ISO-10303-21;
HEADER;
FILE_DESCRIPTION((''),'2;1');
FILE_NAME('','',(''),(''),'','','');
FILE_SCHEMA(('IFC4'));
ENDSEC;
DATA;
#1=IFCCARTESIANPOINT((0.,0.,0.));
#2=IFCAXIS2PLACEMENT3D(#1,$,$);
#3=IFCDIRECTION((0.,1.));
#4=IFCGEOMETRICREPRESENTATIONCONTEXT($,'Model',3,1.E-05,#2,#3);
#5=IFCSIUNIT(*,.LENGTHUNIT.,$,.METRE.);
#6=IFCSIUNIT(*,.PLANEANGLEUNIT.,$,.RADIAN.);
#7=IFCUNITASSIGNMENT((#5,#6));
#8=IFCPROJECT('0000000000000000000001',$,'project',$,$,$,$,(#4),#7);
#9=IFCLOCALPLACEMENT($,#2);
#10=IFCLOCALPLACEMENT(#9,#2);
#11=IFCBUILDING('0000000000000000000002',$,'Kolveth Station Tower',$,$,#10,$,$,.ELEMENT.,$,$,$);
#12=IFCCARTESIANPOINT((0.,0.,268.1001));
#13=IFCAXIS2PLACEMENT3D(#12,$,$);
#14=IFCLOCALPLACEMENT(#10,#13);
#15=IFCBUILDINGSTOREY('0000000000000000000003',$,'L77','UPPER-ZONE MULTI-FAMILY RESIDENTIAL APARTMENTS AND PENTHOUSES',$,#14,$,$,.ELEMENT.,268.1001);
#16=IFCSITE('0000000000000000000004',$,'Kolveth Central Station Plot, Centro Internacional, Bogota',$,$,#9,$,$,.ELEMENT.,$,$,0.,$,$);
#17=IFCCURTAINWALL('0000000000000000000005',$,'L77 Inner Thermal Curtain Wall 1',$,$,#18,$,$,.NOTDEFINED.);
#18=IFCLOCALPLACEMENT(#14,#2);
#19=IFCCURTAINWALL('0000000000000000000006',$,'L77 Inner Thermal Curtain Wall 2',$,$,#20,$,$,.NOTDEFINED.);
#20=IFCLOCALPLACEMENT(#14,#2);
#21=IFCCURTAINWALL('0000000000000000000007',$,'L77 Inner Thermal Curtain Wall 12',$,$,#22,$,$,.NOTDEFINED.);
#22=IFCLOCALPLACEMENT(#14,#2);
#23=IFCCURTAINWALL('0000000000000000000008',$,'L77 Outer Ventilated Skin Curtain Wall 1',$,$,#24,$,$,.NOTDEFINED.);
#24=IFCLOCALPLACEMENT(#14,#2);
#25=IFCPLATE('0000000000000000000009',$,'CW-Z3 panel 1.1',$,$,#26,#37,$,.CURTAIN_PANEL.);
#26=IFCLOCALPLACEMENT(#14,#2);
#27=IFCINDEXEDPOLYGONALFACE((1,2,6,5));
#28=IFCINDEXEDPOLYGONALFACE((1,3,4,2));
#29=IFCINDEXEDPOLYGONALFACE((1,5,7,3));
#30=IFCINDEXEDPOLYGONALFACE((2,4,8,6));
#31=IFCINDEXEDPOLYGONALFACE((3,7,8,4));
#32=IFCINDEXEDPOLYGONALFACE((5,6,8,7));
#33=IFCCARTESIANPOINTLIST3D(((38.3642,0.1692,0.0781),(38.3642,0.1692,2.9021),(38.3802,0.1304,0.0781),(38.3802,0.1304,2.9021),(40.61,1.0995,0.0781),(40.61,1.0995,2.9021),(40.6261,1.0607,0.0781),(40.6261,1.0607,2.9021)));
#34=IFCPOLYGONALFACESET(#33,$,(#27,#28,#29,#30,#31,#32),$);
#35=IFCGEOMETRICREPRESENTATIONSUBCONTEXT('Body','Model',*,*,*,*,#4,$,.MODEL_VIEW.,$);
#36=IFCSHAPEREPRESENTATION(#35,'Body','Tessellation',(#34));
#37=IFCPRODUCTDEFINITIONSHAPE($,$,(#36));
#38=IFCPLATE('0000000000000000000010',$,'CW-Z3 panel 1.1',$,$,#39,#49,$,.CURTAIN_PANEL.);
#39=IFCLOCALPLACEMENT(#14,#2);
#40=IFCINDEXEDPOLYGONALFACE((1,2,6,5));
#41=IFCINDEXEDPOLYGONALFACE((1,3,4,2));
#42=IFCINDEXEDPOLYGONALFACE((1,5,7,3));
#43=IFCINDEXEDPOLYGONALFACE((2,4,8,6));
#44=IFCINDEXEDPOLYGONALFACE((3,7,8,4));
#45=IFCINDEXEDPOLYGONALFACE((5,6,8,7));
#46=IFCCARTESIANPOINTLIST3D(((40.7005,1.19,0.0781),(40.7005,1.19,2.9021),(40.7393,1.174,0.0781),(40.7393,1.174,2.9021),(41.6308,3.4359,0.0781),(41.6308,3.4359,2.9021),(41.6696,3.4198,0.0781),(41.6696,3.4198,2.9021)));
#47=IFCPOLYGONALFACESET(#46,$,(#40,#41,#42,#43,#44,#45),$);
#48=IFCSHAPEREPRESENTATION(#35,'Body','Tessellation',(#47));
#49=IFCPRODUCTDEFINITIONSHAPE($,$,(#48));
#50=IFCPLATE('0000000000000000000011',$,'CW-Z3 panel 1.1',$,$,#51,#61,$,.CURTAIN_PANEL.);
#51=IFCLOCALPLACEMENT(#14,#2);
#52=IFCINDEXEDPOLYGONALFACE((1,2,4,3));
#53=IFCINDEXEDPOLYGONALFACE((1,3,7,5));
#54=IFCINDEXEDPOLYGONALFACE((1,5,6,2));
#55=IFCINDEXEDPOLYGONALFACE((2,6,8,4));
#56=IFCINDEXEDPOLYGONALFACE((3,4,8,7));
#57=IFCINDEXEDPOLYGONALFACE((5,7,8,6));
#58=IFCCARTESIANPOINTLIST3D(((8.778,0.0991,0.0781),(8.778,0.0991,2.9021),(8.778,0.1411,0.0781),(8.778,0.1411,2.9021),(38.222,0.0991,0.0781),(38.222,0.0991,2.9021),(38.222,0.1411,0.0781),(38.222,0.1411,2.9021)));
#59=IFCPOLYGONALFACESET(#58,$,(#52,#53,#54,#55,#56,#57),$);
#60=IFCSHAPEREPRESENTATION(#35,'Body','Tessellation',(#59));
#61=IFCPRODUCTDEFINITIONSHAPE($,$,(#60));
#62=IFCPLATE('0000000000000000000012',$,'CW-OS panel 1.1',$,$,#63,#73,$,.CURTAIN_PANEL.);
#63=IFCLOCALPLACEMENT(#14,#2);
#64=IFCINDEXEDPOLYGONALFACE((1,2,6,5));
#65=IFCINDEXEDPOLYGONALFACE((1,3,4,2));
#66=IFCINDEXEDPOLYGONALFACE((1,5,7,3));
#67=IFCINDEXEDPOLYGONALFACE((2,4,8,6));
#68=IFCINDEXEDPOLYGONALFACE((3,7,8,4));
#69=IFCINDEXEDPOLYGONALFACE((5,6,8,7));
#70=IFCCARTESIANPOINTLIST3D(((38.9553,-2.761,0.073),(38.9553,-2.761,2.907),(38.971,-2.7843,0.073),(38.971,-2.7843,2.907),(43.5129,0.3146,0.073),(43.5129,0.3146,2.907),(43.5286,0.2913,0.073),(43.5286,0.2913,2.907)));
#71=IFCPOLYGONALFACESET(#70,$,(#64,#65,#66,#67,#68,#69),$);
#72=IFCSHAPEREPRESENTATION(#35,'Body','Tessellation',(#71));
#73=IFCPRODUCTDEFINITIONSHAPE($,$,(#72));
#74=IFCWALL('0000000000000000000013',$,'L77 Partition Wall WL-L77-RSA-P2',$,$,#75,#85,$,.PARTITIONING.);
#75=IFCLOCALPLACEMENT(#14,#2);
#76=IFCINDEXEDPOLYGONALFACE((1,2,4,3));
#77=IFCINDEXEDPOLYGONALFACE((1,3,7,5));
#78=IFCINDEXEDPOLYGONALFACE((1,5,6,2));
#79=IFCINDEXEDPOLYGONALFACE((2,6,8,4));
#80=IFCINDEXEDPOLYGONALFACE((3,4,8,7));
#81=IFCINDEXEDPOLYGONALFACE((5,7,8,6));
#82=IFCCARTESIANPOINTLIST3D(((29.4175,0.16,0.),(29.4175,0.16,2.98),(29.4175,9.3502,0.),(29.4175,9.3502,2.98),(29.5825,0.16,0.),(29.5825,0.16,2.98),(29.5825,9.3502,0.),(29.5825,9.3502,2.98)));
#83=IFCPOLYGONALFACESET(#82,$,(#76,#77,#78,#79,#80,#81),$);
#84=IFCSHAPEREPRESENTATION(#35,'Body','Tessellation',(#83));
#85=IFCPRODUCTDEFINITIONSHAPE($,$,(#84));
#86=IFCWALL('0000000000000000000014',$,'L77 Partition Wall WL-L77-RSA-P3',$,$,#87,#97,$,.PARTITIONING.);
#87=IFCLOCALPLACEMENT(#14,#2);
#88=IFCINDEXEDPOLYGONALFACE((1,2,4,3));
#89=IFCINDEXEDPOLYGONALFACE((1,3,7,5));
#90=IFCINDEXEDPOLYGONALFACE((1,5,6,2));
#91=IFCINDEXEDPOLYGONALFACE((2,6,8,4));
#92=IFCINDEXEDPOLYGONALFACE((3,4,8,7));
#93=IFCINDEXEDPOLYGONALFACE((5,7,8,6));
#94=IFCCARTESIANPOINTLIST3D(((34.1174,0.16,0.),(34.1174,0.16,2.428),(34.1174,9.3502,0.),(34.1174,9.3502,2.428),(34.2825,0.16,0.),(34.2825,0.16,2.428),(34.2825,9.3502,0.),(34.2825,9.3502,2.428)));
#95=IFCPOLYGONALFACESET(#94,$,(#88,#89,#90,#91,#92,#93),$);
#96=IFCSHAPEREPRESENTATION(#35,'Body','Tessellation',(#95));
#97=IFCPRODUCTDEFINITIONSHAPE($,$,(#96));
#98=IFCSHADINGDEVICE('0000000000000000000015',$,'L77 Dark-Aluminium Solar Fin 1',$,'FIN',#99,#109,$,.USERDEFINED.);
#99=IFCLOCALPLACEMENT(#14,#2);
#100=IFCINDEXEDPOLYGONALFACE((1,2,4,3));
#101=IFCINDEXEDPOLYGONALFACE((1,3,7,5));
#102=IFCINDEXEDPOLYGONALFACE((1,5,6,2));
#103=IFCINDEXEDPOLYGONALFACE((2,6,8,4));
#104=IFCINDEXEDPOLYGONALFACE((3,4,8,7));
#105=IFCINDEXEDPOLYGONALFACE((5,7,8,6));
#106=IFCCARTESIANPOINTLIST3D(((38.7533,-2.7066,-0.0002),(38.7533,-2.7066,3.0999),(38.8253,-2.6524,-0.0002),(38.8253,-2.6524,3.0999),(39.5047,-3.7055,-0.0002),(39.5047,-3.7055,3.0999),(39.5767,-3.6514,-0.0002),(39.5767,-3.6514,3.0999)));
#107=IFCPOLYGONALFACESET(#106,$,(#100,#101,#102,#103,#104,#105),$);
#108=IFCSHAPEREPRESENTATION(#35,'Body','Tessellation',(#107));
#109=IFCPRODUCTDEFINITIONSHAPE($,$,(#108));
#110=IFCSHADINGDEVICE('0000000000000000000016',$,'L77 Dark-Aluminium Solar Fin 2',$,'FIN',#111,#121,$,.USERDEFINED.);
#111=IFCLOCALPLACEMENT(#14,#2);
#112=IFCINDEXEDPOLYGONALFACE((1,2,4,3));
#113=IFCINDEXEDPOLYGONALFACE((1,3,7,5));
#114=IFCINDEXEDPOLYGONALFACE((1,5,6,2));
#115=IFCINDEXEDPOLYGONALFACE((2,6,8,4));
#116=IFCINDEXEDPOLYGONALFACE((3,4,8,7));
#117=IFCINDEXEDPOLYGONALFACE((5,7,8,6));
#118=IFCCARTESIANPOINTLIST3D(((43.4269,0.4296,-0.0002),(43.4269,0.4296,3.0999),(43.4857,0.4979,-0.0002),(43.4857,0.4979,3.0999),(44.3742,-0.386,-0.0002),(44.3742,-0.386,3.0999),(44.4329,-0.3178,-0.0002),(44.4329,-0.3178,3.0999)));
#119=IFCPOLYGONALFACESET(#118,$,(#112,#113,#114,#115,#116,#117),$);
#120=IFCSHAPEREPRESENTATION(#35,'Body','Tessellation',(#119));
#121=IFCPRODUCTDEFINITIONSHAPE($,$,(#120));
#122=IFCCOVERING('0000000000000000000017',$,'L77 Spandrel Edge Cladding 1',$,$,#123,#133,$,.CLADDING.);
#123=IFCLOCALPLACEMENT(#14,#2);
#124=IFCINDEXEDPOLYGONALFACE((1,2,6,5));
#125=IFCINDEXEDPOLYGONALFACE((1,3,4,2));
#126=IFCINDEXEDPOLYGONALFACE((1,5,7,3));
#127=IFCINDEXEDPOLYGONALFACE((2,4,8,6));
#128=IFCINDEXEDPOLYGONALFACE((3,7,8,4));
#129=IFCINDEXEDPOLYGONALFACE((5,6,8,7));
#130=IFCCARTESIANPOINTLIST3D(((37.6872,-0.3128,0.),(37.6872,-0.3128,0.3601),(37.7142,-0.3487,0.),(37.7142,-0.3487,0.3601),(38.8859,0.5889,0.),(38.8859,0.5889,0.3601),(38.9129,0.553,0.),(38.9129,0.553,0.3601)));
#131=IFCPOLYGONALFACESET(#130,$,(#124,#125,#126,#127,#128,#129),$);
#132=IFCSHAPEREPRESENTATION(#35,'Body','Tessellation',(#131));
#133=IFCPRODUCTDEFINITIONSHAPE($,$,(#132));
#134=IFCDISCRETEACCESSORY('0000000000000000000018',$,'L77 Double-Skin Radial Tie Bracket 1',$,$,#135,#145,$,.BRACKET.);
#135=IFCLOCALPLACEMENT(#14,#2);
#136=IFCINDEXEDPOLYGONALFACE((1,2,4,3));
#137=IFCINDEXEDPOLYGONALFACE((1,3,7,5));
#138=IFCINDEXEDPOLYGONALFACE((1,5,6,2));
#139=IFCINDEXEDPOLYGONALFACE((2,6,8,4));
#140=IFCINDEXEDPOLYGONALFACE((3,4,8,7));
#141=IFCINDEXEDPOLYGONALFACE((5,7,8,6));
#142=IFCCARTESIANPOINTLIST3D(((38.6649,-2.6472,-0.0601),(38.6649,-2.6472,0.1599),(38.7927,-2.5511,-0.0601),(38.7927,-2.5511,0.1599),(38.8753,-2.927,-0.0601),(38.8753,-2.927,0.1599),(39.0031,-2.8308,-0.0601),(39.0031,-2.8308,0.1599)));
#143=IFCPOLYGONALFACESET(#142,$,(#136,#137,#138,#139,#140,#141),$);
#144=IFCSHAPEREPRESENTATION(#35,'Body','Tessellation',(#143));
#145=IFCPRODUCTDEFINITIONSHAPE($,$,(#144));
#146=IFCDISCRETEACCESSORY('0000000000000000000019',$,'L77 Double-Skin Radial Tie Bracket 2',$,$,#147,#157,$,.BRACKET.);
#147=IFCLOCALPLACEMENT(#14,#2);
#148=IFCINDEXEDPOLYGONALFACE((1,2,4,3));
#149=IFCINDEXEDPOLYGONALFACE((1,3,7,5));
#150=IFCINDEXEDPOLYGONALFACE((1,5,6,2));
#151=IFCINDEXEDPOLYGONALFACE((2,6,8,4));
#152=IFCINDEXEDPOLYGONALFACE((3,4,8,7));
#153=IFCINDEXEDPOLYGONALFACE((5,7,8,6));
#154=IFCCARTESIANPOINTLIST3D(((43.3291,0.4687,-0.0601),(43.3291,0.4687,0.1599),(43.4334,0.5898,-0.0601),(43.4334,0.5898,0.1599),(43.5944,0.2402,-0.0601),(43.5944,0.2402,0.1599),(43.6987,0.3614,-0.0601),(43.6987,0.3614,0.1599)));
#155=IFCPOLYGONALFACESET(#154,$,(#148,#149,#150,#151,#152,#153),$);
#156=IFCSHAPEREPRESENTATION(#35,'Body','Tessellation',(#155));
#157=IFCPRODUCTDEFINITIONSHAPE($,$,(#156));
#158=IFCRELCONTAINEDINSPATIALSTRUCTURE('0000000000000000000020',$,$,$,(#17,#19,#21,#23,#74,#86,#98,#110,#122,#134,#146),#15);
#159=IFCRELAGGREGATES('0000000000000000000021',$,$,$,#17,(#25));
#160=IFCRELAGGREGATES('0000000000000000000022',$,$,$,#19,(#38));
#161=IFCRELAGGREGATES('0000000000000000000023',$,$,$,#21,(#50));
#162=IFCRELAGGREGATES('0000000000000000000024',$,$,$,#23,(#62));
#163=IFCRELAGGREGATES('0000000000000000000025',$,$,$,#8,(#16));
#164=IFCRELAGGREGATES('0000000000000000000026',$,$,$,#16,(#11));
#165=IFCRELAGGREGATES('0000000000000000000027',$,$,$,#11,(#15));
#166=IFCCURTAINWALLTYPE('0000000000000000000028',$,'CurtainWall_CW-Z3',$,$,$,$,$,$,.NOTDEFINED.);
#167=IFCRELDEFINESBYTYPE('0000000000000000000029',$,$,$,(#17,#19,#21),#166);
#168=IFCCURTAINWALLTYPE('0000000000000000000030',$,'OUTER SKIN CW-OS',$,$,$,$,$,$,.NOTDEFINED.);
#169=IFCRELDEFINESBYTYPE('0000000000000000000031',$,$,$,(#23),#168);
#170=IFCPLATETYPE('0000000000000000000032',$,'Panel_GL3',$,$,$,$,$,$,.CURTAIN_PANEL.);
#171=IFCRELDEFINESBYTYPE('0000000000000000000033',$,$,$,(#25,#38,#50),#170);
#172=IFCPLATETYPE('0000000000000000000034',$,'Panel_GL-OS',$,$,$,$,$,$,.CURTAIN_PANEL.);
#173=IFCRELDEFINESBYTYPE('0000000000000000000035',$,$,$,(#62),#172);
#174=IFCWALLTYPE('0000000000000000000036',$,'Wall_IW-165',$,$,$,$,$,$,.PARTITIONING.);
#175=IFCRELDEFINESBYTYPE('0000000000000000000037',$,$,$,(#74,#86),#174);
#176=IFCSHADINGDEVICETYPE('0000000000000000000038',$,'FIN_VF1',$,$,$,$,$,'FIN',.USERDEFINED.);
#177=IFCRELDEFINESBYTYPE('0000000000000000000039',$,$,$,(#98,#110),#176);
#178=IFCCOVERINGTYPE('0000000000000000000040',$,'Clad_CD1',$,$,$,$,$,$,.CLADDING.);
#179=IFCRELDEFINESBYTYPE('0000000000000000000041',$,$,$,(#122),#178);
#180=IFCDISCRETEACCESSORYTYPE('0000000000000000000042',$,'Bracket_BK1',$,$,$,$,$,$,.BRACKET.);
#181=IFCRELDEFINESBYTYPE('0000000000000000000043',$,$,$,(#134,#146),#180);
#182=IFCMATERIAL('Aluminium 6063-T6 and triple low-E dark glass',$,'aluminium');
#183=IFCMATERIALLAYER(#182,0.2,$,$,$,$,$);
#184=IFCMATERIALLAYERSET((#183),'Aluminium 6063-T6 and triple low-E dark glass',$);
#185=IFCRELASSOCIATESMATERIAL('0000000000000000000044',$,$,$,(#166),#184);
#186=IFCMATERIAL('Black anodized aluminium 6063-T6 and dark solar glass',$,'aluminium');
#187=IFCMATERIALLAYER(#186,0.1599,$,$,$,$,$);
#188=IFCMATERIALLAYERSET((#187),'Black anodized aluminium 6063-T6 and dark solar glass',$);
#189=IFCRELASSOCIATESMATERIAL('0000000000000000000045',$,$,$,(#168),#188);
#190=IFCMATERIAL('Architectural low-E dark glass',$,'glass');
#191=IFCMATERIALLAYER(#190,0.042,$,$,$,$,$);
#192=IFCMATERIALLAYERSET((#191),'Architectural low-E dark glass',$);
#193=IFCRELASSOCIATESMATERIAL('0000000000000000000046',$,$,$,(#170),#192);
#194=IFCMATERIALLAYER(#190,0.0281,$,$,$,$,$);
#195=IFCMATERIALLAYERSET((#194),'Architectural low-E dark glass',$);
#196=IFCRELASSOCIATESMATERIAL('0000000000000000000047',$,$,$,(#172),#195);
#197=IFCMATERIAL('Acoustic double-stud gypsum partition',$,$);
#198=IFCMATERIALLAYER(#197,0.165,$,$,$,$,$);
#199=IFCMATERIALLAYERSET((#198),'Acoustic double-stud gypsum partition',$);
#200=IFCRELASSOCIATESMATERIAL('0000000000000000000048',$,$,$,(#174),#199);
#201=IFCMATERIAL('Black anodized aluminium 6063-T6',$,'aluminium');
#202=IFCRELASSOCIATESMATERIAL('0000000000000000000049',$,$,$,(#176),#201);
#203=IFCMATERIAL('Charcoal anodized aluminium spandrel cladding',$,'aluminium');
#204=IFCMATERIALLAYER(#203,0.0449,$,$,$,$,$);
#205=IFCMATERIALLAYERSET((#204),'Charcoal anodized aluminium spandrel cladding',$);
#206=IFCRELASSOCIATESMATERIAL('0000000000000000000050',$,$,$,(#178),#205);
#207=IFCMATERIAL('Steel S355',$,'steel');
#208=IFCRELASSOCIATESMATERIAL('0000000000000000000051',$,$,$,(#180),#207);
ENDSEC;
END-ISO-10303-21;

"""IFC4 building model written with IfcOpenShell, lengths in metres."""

from ifc_helpers import new_model, si_unit, direction, frame, frame_2d, origin, origin_2d, place, context, subcontext, project, spatial, rectangle, extrude, source, transform, mapped, material, layer, layer_set, type_object, element, aggregate, save


model = new_model("IFC4")

# Units and contexts
model_context = context("Model", 3, precision=1e-05, world=origin(), true_north=direction((0.0, 1.0)))
body_context = subcontext(model_context, "Body", "Model", "MODEL_VIEW")
ifc_project = project(units=[si_unit("LENGTHUNIT", "METRE"), si_unit("PLANEANGLEUNIT", "RADIAN")], contexts=[model_context])

# Site, building, storey
site_placement = place(None, origin())
site = spatial("IfcSite", under=ifc_project, at=site_placement, Name="Kolveth Central Station Plot, Centro Internacional, Bogota", CompositionType="ELEMENT", RefElevation=0.0)
building_placement = place(site_placement, origin())
building = spatial("IfcBuilding", under=site, at=building_placement, Name="Kolveth Station Tower", CompositionType="ELEMENT")
storey_placement = place(building_placement, frame((0.0, 0.0, 268.1001)))
storey = spatial("IfcBuildingStorey", under=building, at=storey_placement, Name="L77", Description="UPPER-ZONE MULTI-FAMILY RESIDENTIAL APARTMENTS AND PENTHOUSES", CompositionType="ELEMENT", Elevation=268.1001)

# Shared definitions
ifc_material_1 = material(Name="Steel S355", Category="steel")

# Curtain walls
ifc_material_2 = material(Name="Aluminium 6063-T6 and triple low-E dark glass", Category="aluminium")
ifc_layer_1 = layer(ifc_material_2, 0.2)
ifc_layer_set_1 = layer_set([ifc_layer_1], Name="Aluminium 6063-T6 and triple low-E dark glass")
curtain_wall_type_1 = type_object("IfcCurtainWallType", Name="CurtainWall_CW-Z3", PredefinedType="NOTDEFINED", material=ifc_layer_set_1)
curtain_wall_1_placement = place(storey_placement, origin())
curtain_wall_1 = element("IfcCurtainWall", 1, at=curtain_wall_1_placement, inside=storey, type_object=curtain_wall_type_1, Name="L77 Inner Thermal Curtain Wall 1", PredefinedType="NOTDEFINED")
ifc_material_3 = material(Name="Black anodized aluminium 6063-T6", Category="aluminium")
curtain_wall_2_placement = place(storey_placement, origin())
curtain_wall_2 = element("IfcCurtainWall", 2, at=curtain_wall_2_placement, inside=storey, type_object=curtain_wall_type_1, Name="L77 Inner Thermal Curtain Wall 2", PredefinedType="NOTDEFINED")

# Curtain wall
curtain_wall_3_placement = place(storey_placement, origin())
curtain_wall_3 = element("IfcCurtainWall", 3, at=curtain_wall_3_placement, inside=storey, type_object=curtain_wall_type_1, Name="L77 Inner Thermal Curtain Wall 12", PredefinedType="NOTDEFINED")

# Curtain wall
ifc_material_4 = material(Name="Black anodized aluminium 6063-T6 and dark solar glass", Category="aluminium")
ifc_layer_2 = layer(ifc_material_4, 0.1599)
ifc_layer_set_2 = layer_set([ifc_layer_2], Name="Black anodized aluminium 6063-T6 and dark solar glass")
curtain_wall_type_2 = type_object("IfcCurtainWallType", Name="OUTER SKIN CW-OS", PredefinedType="NOTDEFINED", material=ifc_layer_set_2)
curtain_wall_4_placement = place(storey_placement, origin())
curtain_wall_4 = element("IfcCurtainWall", 4, at=curtain_wall_4_placement, inside=storey, type_object=curtain_wall_type_2, Name="L77 Outer Ventilated Skin Curtain Wall 1", PredefinedType="NOTDEFINED")

# Plates
ifc_material_5 = material(Name="Architectural low-E dark glass", Category="glass")
ifc_layer_3 = layer(ifc_material_5, 0.042)
ifc_layer_set_3 = layer_set([ifc_layer_3], Name="Architectural low-E dark glass")
plate_type_1 = type_object("IfcPlateType", Name="Panel_GL3", PredefinedType="CURTAIN_PANEL", material=ifc_layer_set_3)
shared_shape_1 = source(origin(), body_context, "Body", "SweptSolid", [
    extrude(rectangle(XDim=2.4309, YDim=0.042, at=origin_2d()), origin(), (0.0, 0.0, 1.0), 2.824),
])
plate_1_placement = place(storey_placement, frame((39.4951, 0.615, 0.0781), z_axis=(0.0, 0.0, 1.0), x_axis=(0.923875, 0.382693, 0.0)))
plate_1 = element("IfcPlate", 5, at=plate_1_placement, type_object=plate_type_1, Name="CW-Z3 panel 1.1", PredefinedType="CURTAIN_PANEL", context=body_context, shape_type="MappedRepresentation", body=[
    mapped(shared_shape_1, transform((0.0, 0.0, 0.0), x_axis=(1.0, 0.0, 0.0), y_axis=(0.0, 1.0, 0.0), z_axis=(0.0, 0.0, 1.0), scale=1.0)),
])
aggregate(curtain_wall_1, [plate_1])
plate_2_placement = place(storey_placement, frame((41.1851, 2.3049, 0.0781), z_axis=(0.0, 0.0, 1.0), x_axis=(0.382693, 0.923875, 0.0)))
plate_2 = element("IfcPlate", 6, at=plate_2_placement, type_object=plate_type_1, Name="CW-Z3 panel 1.1", PredefinedType="CURTAIN_PANEL", context=body_context, shape_type="MappedRepresentation", body=[
    mapped(shared_shape_1, transform((0.0, 0.0, 0.0), x_axis=(1.0, 0.0, 0.0), y_axis=(0.0, 1.0, 0.0), z_axis=(0.0, 0.0, 1.0), scale=1.0)),
])
aggregate(curtain_wall_2, [plate_2])
shared_shape_2 = source(origin(), body_context, "Body", "SweptSolid", [
    extrude(rectangle(XDim=29.4441, YDim=0.042, at=origin_2d()), origin(), (0.0, 0.0, 1.0), 2.824),
])
plate_3_placement = place(storey_placement, frame((23.5, 0.1201, 0.0781), z_axis=(0.0, 0.0, 1.0), x_axis=(1.0, 0.0, 0.0)))
plate_3 = element("IfcPlate", 7, at=plate_3_placement, type_object=plate_type_1, Name="CW-Z3 panel 1.1", PredefinedType="CURTAIN_PANEL", context=body_context, shape_type="MappedRepresentation", body=[
    mapped(shared_shape_2, transform((0.0, 0.0, 0.0), x_axis=(1.0, 0.0, 0.0), y_axis=(0.0, 1.0, 0.0), z_axis=(0.0, 0.0, 1.0), scale=1.0)),
])
aggregate(curtain_wall_3, [plate_3])
ifc_layer_4 = layer(ifc_material_5, 0.0281)
ifc_layer_set_4 = layer_set([ifc_layer_4], Name="Architectural low-E dark glass")
plate_type_2 = type_object("IfcPlateType", Name="Panel_GL-OS", PredefinedType="CURTAIN_PANEL", material=ifc_layer_set_4)
shared_shape_3 = source(origin(), body_context, "Body", "SweptSolid", [
    extrude(rectangle(XDim=5.4983, YDim=0.0281, at=origin_2d()), origin(), (0.0, 0.0, 1.0), 2.834),
])
plate_4_placement = place(storey_placement, frame((41.2419, -1.2349, 0.073), z_axis=(0.0, 0.0, 1.0), x_axis=(0.828919, 0.559369, 0.0)))
plate_4 = element("IfcPlate", 8, at=plate_4_placement, type_object=plate_type_2, Name="CW-OS panel 1.1", PredefinedType="CURTAIN_PANEL", context=body_context, shape_type="MappedRepresentation", body=[
    mapped(shared_shape_3, transform((0.0, 0.0, 0.0), x_axis=(1.0, 0.0, 0.0), y_axis=(0.0, 1.0, 0.0), z_axis=(0.0, 0.0, 1.0), scale=1.0)),
])
aggregate(curtain_wall_4, [plate_4])

# Walls
ifc_material_6 = material(Name="Acoustic double-stud gypsum partition")
ifc_layer_5 = layer(ifc_material_6, 0.165)
ifc_layer_set_5 = layer_set([ifc_layer_5], Name="Acoustic double-stud gypsum partition")
wall_type = type_object("IfcWallType", Name="Wall_IW-165", PredefinedType="PARTITIONING", material=ifc_layer_set_5)
wall_1_placement = place(storey_placement, frame((29.5, 0.1599, 0.0), z_axis=(0.0, 0.0, 1.0), x_axis=(0.0, 1.0, 0.0)))
element("IfcWall", 9, at=wall_1_placement, inside=storey, type_object=wall_type, Name="L77 Partition Wall WL-L77-RSA-P2", PredefinedType="PARTITIONING", context=body_context, shape_type="SweptSolid", body=[
    extrude(rectangle(XDim=9.1902, YDim=0.165, at=frame_2d((4.5952, 0.0))), origin(), (0.0, 0.0, 1.0), 2.98),
])
wall_2_placement = place(storey_placement, frame((34.2, 0.1599, 0.0), z_axis=(0.0, 0.0, 1.0), x_axis=(0.0, 1.0, 0.0)))
element("IfcWall", 10, at=wall_2_placement, inside=storey, type_object=wall_type, Name="L77 Partition Wall WL-L77-RSA-P3", PredefinedType="PARTITIONING", context=body_context, shape_type="SweptSolid", body=[
    extrude(rectangle(XDim=9.1902, YDim=0.165, at=frame_2d((4.5952, 0.0))), origin(), (0.0, 0.0, 1.0), 2.428),
])

# Shading devices
shading_device_type = type_object("IfcShadingDeviceType", Name="FIN_VF1", ElementType="FIN", PredefinedType="USERDEFINED", material=ifc_material_3)
shared_shape_4 = source(origin(), body_context, "Body", "SweptSolid", [
    extrude(rectangle(XDim=1.25, YDim=0.0901, at=origin_2d()), origin(), (0.0, 0.0, 1.0), 3.1001),
])
for number, where, z_axis, x_axis, name in (
    (11, (39.165, -3.179, -0.0002), (0.0, 0.0, 1.0), (0.601118, -0.79916, 0.0), "L77 Dark-Aluminium Solar Fin 1"),
    (12, (43.9299, 0.0559, -0.0002), (0.0, 0.0, 1.0), (0.757793, -0.652495, 0.0), "L77 Dark-Aluminium Solar Fin 2"),
):
    element("IfcShadingDevice", number, at=place(storey_placement, frame(where, z_axis=z_axis, x_axis=x_axis)), inside=storey, type_object=shading_device_type, Name=name, ObjectType="FIN", PredefinedType="USERDEFINED", context=body_context, shape_type="MappedRepresentation", body=[
        mapped(shared_shape_4, transform((0.0, 0.0, 0.0), x_axis=(1.0, 0.0, 0.0), y_axis=(0.0, 1.0, 0.0), z_axis=(0.0, 0.0, 1.0), scale=1.0)),
    ])

# Covering
ifc_material_7 = material(Name="Charcoal anodized aluminium spandrel cladding", Category="aluminium")
ifc_layer_6 = layer(ifc_material_7, 0.0449)
ifc_layer_set_6 = layer_set([ifc_layer_6], Name="Charcoal anodized aluminium spandrel cladding")
covering_type = type_object("IfcCoveringType", Name="Clad_CD1", PredefinedType="CLADDING", material=ifc_layer_set_6)
shared_shape_5 = source(origin(), body_context, "Body", "SweptSolid", [
    extrude(rectangle(XDim=1.5, YDim=0.0449, at=origin_2d()), origin(), (0.0, 0.0, 1.0), 0.3601),
])
covering_placement = place(storey_placement, frame((38.3, 0.1201, 0.0), z_axis=(0.0, 0.0, 1.0), x_axis=(0.79916, 0.601118, 0.0)))
element("IfcCovering", 13, at=covering_placement, inside=storey, type_object=covering_type, Name="L77 Spandrel Edge Cladding 1", PredefinedType="CLADDING", context=body_context, shape_type="MappedRepresentation", body=[
    mapped(shared_shape_5, transform((0.0, 0.0, 0.0), x_axis=(1.0, 0.0, 0.0), y_axis=(0.0, 1.0, 0.0), z_axis=(0.0, 0.0, 1.0), scale=1.0)),
])

# Discrete accessories
discrete_accessory_type = type_object("IfcDiscreteAccessoryType", Name="Bracket_BK1", PredefinedType="BRACKET", material=ifc_material_1)
shared_shape_6 = source(origin(), body_context, "Body", "SweptSolid", [
    extrude(rectangle(XDim=0.3501, YDim=0.1599, at=origin_2d()), origin(), (0.0, 0.0, 1.0), 0.22),
])
for number, where, z_axis, x_axis, name in (
    (14, (38.834, -2.739, -0.0601), (0.0, 0.0, 1.0), (0.601118, -0.79916, 0.0), "L77 Double-Skin Radial Tie Bracket 1"),
    (15, (43.5139, 0.415, -0.0601), (0.0, 0.0, 1.0), (0.757793, -0.652495, 0.0), "L77 Double-Skin Radial Tie Bracket 2"),
):
    element("IfcDiscreteAccessory", number, at=place(storey_placement, frame(where, z_axis=z_axis, x_axis=x_axis)), inside=storey, type_object=discrete_accessory_type, Name=name, PredefinedType="BRACKET", context=body_context, shape_type="MappedRepresentation", body=[
        mapped(shared_shape_6, transform((0.0, 0.0, 0.0), x_axis=(1.0, 0.0, 0.0), y_axis=(0.0, 1.0, 0.0), z_axis=(0.0, 0.0, 1.0), scale=1.0)),
    ])

save(model, "model.ifc")
